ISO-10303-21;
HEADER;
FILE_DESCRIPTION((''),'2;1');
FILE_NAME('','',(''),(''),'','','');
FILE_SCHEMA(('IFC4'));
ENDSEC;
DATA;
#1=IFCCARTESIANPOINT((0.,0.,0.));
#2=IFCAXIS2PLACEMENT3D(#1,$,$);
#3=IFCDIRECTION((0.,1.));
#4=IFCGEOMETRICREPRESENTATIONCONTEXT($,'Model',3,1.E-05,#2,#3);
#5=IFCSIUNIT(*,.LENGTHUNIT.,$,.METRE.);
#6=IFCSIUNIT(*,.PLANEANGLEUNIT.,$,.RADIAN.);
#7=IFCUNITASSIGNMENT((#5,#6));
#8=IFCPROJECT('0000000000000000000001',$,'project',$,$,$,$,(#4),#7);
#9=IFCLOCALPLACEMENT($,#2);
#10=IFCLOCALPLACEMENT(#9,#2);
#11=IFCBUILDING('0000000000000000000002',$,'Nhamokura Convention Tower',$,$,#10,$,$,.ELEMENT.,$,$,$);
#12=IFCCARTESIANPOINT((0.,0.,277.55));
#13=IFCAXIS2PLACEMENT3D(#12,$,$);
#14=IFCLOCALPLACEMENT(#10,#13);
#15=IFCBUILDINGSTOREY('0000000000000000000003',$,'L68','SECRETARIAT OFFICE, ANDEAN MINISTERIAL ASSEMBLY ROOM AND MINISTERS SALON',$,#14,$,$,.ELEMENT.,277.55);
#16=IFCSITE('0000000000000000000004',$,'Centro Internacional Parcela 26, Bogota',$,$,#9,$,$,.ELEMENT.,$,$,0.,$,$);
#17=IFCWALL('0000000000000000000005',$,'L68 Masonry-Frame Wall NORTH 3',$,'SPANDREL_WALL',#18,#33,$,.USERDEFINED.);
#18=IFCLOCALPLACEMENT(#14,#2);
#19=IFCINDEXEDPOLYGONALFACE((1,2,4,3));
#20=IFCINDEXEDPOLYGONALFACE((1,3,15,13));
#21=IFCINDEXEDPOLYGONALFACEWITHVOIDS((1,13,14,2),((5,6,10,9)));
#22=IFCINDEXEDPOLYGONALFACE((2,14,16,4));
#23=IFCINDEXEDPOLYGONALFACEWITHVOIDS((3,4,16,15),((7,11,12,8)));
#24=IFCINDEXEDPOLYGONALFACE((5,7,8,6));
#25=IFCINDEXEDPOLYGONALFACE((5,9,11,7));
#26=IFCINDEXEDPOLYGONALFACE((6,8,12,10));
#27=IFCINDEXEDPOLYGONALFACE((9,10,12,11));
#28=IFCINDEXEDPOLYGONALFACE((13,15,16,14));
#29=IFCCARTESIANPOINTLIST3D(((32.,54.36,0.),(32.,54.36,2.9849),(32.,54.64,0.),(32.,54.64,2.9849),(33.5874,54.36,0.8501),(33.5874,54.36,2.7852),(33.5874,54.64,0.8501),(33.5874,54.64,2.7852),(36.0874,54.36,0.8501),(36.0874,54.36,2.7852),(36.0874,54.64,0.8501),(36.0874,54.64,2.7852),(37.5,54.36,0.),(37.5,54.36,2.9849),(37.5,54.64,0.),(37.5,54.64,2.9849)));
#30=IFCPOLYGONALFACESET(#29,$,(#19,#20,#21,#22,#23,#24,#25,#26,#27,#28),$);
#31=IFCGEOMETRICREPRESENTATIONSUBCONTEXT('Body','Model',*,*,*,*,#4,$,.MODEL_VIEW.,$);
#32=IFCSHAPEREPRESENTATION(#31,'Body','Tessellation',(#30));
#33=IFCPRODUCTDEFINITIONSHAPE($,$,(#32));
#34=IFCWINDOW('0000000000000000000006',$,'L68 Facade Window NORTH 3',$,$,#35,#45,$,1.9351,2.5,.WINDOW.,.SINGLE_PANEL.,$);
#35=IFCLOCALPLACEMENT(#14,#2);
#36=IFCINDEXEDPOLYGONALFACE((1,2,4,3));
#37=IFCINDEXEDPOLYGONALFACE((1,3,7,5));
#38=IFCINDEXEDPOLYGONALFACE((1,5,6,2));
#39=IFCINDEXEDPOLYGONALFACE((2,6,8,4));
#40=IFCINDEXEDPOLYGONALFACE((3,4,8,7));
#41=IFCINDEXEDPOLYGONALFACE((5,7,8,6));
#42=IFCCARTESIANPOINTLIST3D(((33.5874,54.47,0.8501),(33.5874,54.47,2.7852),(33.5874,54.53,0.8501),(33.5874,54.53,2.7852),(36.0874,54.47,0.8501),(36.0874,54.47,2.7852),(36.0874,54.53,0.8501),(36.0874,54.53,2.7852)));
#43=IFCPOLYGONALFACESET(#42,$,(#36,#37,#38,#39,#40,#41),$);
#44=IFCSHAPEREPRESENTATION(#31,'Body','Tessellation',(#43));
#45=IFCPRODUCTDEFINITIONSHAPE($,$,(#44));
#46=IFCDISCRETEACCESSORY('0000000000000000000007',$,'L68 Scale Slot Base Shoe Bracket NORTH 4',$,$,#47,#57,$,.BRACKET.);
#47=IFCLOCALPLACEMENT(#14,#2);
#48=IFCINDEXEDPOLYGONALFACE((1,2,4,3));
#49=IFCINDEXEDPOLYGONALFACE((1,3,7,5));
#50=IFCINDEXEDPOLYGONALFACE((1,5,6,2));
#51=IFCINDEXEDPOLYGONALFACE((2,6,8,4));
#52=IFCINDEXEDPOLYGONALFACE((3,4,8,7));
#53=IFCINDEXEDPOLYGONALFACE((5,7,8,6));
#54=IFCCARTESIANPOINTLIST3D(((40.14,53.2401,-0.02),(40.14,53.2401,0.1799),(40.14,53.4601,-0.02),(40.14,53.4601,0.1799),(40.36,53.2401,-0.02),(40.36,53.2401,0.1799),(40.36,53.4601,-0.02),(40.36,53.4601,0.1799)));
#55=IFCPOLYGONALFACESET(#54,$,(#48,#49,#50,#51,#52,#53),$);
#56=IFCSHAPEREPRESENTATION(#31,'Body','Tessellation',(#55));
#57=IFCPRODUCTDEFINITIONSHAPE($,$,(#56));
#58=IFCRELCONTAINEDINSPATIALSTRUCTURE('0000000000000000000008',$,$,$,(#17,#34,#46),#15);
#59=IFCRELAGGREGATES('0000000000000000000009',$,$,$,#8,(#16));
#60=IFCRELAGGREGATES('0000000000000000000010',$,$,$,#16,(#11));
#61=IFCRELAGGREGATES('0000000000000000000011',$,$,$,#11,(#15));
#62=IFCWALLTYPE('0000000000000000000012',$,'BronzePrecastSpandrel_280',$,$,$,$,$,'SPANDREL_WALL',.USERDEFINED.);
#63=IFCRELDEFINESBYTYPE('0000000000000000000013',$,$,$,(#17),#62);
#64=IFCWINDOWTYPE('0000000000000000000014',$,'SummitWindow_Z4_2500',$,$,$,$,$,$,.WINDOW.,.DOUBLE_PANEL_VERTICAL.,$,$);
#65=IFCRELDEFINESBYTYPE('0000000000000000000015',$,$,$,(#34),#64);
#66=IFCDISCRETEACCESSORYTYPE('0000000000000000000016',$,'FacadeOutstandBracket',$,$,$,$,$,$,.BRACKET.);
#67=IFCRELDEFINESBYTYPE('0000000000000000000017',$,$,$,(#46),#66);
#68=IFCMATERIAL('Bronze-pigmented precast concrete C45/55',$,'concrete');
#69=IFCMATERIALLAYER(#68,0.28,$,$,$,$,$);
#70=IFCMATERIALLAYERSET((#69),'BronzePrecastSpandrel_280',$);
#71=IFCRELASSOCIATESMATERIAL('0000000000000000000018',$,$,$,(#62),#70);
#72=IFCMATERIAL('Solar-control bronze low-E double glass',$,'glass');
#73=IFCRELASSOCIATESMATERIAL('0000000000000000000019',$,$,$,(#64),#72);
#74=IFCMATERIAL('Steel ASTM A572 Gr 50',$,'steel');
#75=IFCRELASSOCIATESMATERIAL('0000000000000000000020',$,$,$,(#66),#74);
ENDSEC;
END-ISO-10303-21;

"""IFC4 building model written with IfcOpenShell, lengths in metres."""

from ifc_helpers import new_model, si_unit, direction, frame, frame_2d, origin, origin_2d, place, context, subcontext, project, spatial, rectangle, extrude, material, layer, layer_set, type_object, element, fill, save


model = new_model("IFC4")

# Units and contexts
model_context = context("Model", 3, precision=1e-05, world=origin(), true_north=direction((0.0, 1.0)))
body_context = subcontext(model_context, "Body", "Model", "MODEL_VIEW")
ifc_project = project(units=[si_unit("LENGTHUNIT", "METRE"), si_unit("PLANEANGLEUNIT", "RADIAN")], contexts=[model_context])

# Site, building, storey
site_placement = place(None, origin())
site = spatial("IfcSite", under=ifc_project, at=site_placement, Name="Centro Internacional Parcela 26, Bogota", CompositionType="ELEMENT", RefElevation=0.0)
building_placement = place(site_placement, origin())
building = spatial("IfcBuilding", under=site, at=building_placement, Name="Nhamokura Convention Tower", CompositionType="ELEMENT")
storey_placement = place(building_placement, frame((0.0, 0.0, 277.55)))
storey = spatial("IfcBuildingStorey", under=building, at=storey_placement, Name="L68", Description="SECRETARIAT OFFICE, ANDEAN MINISTERIAL ASSEMBLY ROOM AND MINISTERS SALON", CompositionType="ELEMENT", Elevation=277.55)

# Shared definitions
ifc_material_1 = material(Name="Bronze-pigmented precast concrete C45/55", Category="concrete")
ifc_layer_1 = layer(ifc_material_1, 0.28)
ifc_layer_set_1 = layer_set([ifc_layer_1], Name="BronzePrecastSpandrel_280")
wall_type = type_object("IfcWallType", Name="BronzePrecastSpandrel_280", ElementType="SPANDREL_WALL", PredefinedType="USERDEFINED", material=ifc_layer_set_1)

# Wall, opening, window
wall_1_placement = place(storey_placement, frame((32.0, 54.5, 0.0), z_axis=(0.0, 0.0, 1.0), x_axis=(1.0, 0.0, 0.0)))
wall_1 = element("IfcWall", 1, at=wall_1_placement, inside=storey, type_object=wall_type, Name="L68 Masonry-Frame Wall NORTH 3", ObjectType="SPANDREL_WALL", PredefinedType="USERDEFINED", context=body_context, shape_type="SweptSolid", body=[
    extrude(rectangle(XDim=5.5, YDim=0.28, at=frame_2d((2.75, 0.0))), origin(), (0.0, 0.0, 1.0), 2.9849),
])
opening_placement = place(wall_1_placement, frame((1.5874, 0.0, 0.8501)))
opening = element("IfcOpeningElement", 2, at=opening_placement, cuts=wall_1, PredefinedType="OPENING", context=body_context, shape_type="SweptSolid", body=[
    extrude(rectangle(XDim=2.5, YDim=1.9351, at=frame_2d((1.25, 0.9675))), frame((0.0, 0.1499, 0.0), z_axis=(0.0, -1.0, 0.0), x_axis=(1.0, 0.0, 0.0)), (0.0, 0.0, 1.0), 0.3),
])
ifc_material_2 = material(Name="Solar-control bronze low-E double glass", Category="glass")
window_type = type_object("IfcWindowType", Name="SummitWindow_Z4_2500", PartitioningType="DOUBLE_PANEL_VERTICAL", PredefinedType="WINDOW", material=ifc_material_2)
window_placement = place(opening_placement, origin())
window = element("IfcWindow", 3, at=window_placement, inside=storey, type_object=window_type, Name="L68 Facade Window NORTH 3", OverallHeight=1.9351, OverallWidth=2.5, PartitioningType="SINGLE_PANEL", PredefinedType="WINDOW", context=body_context, shape_type="SweptSolid", body=[
    extrude(rectangle(XDim=2.5, YDim=1.9351, at=frame_2d((1.25, 0.9675))), frame((0.0, 0.03, 0.0), z_axis=(0.0, -1.0, 0.0), x_axis=(1.0, 0.0, 0.0)), (0.0, 0.0, 1.0), 0.0601),
])
fill(opening, window)

# Discrete accessory
ifc_material_3 = material(Name="Steel ASTM A572 Gr 50", Category="steel")
discrete_accessory_type = type_object("IfcDiscreteAccessoryType", Name="FacadeOutstandBracket", PredefinedType="BRACKET", material=ifc_material_3)
discrete_accessory_placement = place(storey_placement, frame((40.25, 53.3501, -0.02), z_axis=(0.0, 0.0, 1.0), x_axis=(1.0, 0.0, 0.0)))
element("IfcDiscreteAccessory", 4, at=discrete_accessory_placement, inside=storey, type_object=discrete_accessory_type, Name="L68 Scale Slot Base Shoe Bracket NORTH 4", PredefinedType="BRACKET", context=body_context, shape_type="SweptSolid", body=[
    extrude(rectangle(XDim=0.22, YDim=0.22, at=origin_2d()), origin(), (0.0, 0.0, 1.0), 0.2),
])

save(model, "model.ifc")
